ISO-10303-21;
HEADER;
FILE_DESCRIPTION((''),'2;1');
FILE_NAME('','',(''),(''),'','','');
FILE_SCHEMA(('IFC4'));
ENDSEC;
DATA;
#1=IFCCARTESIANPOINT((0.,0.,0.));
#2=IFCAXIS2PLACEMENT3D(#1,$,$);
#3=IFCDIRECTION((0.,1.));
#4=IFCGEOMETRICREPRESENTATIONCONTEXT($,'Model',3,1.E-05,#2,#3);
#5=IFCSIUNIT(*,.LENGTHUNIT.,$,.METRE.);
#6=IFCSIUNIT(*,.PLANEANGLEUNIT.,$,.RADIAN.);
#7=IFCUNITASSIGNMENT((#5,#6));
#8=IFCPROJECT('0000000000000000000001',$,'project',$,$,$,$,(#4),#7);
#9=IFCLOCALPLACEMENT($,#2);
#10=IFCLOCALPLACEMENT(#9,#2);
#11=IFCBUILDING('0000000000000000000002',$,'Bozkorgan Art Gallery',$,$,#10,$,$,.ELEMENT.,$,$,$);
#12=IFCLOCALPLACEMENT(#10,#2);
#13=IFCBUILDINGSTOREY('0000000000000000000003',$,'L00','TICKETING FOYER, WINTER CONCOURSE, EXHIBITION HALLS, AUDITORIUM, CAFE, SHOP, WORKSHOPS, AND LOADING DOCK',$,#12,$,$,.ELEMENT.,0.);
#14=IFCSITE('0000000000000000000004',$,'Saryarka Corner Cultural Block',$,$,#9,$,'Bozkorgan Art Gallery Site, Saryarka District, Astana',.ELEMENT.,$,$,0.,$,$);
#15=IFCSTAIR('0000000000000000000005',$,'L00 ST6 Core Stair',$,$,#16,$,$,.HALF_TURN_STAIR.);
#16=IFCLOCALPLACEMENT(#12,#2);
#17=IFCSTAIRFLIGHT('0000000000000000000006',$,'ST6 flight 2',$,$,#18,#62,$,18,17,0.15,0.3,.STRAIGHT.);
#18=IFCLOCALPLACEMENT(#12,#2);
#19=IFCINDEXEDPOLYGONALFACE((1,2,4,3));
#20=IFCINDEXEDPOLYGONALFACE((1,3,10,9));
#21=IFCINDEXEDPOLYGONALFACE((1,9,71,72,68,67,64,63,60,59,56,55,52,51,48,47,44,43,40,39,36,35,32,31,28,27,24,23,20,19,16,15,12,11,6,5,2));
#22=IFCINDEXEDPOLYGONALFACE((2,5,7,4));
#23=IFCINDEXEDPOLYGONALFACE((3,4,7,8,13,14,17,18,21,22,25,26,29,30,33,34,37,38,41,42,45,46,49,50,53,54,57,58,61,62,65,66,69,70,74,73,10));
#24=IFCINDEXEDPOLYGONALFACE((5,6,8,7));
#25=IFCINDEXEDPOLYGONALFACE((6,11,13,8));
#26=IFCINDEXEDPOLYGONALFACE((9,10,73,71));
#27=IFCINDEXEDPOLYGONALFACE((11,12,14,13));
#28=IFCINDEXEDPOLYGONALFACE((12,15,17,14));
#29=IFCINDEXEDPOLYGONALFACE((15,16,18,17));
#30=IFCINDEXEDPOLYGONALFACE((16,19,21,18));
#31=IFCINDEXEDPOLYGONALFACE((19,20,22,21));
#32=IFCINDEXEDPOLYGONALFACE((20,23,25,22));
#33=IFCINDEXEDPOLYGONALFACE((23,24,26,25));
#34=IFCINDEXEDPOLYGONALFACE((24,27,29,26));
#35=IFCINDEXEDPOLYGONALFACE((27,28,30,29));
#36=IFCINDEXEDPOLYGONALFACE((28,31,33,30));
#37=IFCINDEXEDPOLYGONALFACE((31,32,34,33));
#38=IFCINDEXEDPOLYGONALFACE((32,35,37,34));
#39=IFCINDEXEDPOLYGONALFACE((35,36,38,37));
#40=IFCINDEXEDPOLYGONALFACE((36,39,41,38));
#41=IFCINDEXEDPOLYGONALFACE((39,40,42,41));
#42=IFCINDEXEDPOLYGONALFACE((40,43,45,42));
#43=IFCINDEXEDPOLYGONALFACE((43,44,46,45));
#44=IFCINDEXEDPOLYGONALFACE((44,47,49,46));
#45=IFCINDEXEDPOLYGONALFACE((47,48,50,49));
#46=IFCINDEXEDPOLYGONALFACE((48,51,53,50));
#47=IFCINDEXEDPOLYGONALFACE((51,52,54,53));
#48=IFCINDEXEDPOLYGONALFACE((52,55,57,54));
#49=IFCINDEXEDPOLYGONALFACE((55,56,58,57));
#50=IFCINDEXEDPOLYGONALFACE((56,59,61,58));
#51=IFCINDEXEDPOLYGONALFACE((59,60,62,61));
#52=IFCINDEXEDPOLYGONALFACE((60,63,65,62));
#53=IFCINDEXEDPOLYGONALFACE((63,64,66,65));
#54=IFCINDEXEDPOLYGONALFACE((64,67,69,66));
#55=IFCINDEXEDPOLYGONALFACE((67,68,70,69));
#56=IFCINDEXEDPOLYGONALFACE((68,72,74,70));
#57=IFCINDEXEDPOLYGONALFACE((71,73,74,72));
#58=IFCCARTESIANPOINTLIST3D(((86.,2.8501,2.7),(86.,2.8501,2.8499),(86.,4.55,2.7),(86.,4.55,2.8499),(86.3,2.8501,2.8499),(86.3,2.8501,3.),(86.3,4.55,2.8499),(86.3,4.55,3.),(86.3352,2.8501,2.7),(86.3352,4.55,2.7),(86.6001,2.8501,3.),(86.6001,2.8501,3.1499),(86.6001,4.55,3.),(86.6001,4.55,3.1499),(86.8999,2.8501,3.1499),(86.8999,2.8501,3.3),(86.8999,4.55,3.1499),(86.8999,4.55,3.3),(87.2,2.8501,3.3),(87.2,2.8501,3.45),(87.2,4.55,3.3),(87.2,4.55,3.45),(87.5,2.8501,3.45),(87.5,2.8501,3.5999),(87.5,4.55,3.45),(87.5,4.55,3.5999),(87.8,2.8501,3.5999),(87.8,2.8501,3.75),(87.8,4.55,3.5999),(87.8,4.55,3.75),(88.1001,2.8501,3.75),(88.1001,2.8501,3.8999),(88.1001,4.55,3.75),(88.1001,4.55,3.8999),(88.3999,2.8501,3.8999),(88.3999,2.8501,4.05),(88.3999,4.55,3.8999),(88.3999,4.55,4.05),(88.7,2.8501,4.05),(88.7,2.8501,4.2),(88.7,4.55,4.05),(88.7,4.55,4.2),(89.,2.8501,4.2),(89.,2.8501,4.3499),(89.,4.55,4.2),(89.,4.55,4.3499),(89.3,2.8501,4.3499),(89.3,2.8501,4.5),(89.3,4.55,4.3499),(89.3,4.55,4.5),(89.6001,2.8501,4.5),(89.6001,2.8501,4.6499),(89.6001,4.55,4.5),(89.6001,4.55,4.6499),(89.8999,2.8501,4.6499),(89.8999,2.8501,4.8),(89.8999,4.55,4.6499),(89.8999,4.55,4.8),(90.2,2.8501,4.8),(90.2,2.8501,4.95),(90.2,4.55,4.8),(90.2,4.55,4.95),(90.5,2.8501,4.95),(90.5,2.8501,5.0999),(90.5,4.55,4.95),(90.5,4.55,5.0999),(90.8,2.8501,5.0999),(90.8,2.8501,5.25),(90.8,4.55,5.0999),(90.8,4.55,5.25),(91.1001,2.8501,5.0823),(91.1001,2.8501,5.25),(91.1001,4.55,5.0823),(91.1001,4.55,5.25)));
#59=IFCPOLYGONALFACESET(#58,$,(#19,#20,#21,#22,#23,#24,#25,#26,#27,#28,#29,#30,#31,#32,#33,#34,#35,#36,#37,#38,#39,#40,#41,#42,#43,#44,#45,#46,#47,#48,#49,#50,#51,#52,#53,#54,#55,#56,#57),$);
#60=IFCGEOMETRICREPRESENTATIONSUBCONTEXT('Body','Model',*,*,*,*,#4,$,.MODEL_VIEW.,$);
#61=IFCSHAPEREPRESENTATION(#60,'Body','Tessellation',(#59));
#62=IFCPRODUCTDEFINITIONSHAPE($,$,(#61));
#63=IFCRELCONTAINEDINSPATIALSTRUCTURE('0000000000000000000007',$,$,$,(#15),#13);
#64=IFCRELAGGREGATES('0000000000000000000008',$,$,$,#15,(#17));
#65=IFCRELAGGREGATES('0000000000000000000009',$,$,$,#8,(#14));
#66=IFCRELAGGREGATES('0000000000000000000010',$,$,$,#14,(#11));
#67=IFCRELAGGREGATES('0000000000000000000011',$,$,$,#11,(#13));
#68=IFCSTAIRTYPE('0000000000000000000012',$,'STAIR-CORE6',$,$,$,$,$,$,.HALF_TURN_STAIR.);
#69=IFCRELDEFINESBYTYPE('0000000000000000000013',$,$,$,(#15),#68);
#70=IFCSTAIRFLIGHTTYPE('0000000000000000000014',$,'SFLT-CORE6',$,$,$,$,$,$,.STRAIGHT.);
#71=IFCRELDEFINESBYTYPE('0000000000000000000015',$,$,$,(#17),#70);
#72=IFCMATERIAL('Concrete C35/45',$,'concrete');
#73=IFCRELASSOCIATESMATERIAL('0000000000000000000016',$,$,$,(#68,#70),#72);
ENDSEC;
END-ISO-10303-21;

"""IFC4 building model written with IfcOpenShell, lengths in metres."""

from ifc_helpers import new_model, si_unit, direction, frame, origin, place, context, subcontext, project, spatial, polyline, outline, extrude, material, type_object, element, aggregate, save


model = new_model("IFC4")

# Units and contexts
model_context = context("Model", 3, precision=1e-05, world=origin(), true_north=direction((0.0, 1.0)))
body_context = subcontext(model_context, "Body", "Model", "MODEL_VIEW")
ifc_project = project(units=[si_unit("LENGTHUNIT", "METRE"), si_unit("PLANEANGLEUNIT", "RADIAN")], contexts=[model_context])

# Site, building, storey
site_placement = place(None, origin())
site = spatial("IfcSite", under=ifc_project, at=site_placement, Name="Saryarka Corner Cultural Block", LongName="Bozkorgan Art Gallery Site, Saryarka District, Astana", CompositionType="ELEMENT", RefElevation=0.0)
building_placement = place(site_placement, origin())
building = spatial("IfcBuilding", under=site, at=building_placement, Name="Bozkorgan Art Gallery", CompositionType="ELEMENT")
storey_placement = place(building_placement, origin())
storey = spatial("IfcBuildingStorey", under=building, at=storey_placement, Name="L00", Description="TICKETING FOYER, WINTER CONCOURSE, EXHIBITION HALLS, AUDITORIUM, CAFE, SHOP, WORKSHOPS, AND LOADING DOCK", CompositionType="ELEMENT", Elevation=0.0)

# Shared definitions
ifc_material_1 = material(Name="Concrete C35/45", Category="concrete")

# Stair, stair flight
stair_type = type_object("IfcStairType", Name="STAIR-CORE6", PredefinedType="HALF_TURN_STAIR", material=ifc_material_1)
stair_placement = place(storey_placement, origin())
stair = element("IfcStair", 1, at=stair_placement, inside=storey, type_object=stair_type, Name="L00 ST6 Core Stair", PredefinedType="HALF_TURN_STAIR")
stair_flight_type = type_object("IfcStairFlightType", Name="SFLT-CORE6", PredefinedType="STRAIGHT", material=ifc_material_1)
stair_flight_1_placement = place(storey_placement, frame((86.0, 3.7, 2.7), z_axis=(0.0, 0.0, 1.0), x_axis=(1.0, 0.0, 0.0)))
stair_flight_1 = element("IfcStairFlight", 2, at=stair_flight_1_placement, type_object=stair_flight_type, Name="ST6 flight 2", NumberOfRisers=18, NumberOfTreads=17, PredefinedType="STRAIGHT", RiserHeight=0.15, TreadLength=0.3, context=body_context, shape_type="SweptSolid", body=[
    extrude(outline(polyline([(0.0, 0.0), (0.0, 0.1499), (0.3, 0.1499), (0.3, 0.3), (0.6001, 0.3), (0.6001, 0.45), (0.8999, 0.45), (0.8999, 0.6001), (1.2, 0.6001), (1.2, 0.75), (1.5, 0.75), (1.5, 0.8999), (1.8, 0.8999), (1.8, 1.05), (2.1001, 1.05), (2.1001, 1.2), (2.3999, 1.2), (2.3999, 1.3501), (2.7, 1.3501), (2.7, 1.5), (3.0, 1.5), (3.0, 1.6499), (3.3, 1.6499), (3.3, 1.8), (3.6001, 1.8), (3.6001, 1.95), (3.8999, 1.95), (3.8999, 2.1001), (4.2, 2.1001), (4.2, 2.25), (4.5, 2.25), (4.5, 2.3999), (4.8, 2.3999), (4.8, 2.55), (5.1001, 2.55), (5.1001, 2.7), (5.1001, 2.3823), (0.3352, 0.0), (0.0, 0.0)])), frame((0.0, 0.8501, 0.0), z_axis=(0.0, -1.0, 0.0), x_axis=(1.0, 0.0, 0.0)), (0.0, 0.0, 1.0), 1.7),
])
aggregate(stair, [stair_flight_1])

save(model, "model.ifc")
